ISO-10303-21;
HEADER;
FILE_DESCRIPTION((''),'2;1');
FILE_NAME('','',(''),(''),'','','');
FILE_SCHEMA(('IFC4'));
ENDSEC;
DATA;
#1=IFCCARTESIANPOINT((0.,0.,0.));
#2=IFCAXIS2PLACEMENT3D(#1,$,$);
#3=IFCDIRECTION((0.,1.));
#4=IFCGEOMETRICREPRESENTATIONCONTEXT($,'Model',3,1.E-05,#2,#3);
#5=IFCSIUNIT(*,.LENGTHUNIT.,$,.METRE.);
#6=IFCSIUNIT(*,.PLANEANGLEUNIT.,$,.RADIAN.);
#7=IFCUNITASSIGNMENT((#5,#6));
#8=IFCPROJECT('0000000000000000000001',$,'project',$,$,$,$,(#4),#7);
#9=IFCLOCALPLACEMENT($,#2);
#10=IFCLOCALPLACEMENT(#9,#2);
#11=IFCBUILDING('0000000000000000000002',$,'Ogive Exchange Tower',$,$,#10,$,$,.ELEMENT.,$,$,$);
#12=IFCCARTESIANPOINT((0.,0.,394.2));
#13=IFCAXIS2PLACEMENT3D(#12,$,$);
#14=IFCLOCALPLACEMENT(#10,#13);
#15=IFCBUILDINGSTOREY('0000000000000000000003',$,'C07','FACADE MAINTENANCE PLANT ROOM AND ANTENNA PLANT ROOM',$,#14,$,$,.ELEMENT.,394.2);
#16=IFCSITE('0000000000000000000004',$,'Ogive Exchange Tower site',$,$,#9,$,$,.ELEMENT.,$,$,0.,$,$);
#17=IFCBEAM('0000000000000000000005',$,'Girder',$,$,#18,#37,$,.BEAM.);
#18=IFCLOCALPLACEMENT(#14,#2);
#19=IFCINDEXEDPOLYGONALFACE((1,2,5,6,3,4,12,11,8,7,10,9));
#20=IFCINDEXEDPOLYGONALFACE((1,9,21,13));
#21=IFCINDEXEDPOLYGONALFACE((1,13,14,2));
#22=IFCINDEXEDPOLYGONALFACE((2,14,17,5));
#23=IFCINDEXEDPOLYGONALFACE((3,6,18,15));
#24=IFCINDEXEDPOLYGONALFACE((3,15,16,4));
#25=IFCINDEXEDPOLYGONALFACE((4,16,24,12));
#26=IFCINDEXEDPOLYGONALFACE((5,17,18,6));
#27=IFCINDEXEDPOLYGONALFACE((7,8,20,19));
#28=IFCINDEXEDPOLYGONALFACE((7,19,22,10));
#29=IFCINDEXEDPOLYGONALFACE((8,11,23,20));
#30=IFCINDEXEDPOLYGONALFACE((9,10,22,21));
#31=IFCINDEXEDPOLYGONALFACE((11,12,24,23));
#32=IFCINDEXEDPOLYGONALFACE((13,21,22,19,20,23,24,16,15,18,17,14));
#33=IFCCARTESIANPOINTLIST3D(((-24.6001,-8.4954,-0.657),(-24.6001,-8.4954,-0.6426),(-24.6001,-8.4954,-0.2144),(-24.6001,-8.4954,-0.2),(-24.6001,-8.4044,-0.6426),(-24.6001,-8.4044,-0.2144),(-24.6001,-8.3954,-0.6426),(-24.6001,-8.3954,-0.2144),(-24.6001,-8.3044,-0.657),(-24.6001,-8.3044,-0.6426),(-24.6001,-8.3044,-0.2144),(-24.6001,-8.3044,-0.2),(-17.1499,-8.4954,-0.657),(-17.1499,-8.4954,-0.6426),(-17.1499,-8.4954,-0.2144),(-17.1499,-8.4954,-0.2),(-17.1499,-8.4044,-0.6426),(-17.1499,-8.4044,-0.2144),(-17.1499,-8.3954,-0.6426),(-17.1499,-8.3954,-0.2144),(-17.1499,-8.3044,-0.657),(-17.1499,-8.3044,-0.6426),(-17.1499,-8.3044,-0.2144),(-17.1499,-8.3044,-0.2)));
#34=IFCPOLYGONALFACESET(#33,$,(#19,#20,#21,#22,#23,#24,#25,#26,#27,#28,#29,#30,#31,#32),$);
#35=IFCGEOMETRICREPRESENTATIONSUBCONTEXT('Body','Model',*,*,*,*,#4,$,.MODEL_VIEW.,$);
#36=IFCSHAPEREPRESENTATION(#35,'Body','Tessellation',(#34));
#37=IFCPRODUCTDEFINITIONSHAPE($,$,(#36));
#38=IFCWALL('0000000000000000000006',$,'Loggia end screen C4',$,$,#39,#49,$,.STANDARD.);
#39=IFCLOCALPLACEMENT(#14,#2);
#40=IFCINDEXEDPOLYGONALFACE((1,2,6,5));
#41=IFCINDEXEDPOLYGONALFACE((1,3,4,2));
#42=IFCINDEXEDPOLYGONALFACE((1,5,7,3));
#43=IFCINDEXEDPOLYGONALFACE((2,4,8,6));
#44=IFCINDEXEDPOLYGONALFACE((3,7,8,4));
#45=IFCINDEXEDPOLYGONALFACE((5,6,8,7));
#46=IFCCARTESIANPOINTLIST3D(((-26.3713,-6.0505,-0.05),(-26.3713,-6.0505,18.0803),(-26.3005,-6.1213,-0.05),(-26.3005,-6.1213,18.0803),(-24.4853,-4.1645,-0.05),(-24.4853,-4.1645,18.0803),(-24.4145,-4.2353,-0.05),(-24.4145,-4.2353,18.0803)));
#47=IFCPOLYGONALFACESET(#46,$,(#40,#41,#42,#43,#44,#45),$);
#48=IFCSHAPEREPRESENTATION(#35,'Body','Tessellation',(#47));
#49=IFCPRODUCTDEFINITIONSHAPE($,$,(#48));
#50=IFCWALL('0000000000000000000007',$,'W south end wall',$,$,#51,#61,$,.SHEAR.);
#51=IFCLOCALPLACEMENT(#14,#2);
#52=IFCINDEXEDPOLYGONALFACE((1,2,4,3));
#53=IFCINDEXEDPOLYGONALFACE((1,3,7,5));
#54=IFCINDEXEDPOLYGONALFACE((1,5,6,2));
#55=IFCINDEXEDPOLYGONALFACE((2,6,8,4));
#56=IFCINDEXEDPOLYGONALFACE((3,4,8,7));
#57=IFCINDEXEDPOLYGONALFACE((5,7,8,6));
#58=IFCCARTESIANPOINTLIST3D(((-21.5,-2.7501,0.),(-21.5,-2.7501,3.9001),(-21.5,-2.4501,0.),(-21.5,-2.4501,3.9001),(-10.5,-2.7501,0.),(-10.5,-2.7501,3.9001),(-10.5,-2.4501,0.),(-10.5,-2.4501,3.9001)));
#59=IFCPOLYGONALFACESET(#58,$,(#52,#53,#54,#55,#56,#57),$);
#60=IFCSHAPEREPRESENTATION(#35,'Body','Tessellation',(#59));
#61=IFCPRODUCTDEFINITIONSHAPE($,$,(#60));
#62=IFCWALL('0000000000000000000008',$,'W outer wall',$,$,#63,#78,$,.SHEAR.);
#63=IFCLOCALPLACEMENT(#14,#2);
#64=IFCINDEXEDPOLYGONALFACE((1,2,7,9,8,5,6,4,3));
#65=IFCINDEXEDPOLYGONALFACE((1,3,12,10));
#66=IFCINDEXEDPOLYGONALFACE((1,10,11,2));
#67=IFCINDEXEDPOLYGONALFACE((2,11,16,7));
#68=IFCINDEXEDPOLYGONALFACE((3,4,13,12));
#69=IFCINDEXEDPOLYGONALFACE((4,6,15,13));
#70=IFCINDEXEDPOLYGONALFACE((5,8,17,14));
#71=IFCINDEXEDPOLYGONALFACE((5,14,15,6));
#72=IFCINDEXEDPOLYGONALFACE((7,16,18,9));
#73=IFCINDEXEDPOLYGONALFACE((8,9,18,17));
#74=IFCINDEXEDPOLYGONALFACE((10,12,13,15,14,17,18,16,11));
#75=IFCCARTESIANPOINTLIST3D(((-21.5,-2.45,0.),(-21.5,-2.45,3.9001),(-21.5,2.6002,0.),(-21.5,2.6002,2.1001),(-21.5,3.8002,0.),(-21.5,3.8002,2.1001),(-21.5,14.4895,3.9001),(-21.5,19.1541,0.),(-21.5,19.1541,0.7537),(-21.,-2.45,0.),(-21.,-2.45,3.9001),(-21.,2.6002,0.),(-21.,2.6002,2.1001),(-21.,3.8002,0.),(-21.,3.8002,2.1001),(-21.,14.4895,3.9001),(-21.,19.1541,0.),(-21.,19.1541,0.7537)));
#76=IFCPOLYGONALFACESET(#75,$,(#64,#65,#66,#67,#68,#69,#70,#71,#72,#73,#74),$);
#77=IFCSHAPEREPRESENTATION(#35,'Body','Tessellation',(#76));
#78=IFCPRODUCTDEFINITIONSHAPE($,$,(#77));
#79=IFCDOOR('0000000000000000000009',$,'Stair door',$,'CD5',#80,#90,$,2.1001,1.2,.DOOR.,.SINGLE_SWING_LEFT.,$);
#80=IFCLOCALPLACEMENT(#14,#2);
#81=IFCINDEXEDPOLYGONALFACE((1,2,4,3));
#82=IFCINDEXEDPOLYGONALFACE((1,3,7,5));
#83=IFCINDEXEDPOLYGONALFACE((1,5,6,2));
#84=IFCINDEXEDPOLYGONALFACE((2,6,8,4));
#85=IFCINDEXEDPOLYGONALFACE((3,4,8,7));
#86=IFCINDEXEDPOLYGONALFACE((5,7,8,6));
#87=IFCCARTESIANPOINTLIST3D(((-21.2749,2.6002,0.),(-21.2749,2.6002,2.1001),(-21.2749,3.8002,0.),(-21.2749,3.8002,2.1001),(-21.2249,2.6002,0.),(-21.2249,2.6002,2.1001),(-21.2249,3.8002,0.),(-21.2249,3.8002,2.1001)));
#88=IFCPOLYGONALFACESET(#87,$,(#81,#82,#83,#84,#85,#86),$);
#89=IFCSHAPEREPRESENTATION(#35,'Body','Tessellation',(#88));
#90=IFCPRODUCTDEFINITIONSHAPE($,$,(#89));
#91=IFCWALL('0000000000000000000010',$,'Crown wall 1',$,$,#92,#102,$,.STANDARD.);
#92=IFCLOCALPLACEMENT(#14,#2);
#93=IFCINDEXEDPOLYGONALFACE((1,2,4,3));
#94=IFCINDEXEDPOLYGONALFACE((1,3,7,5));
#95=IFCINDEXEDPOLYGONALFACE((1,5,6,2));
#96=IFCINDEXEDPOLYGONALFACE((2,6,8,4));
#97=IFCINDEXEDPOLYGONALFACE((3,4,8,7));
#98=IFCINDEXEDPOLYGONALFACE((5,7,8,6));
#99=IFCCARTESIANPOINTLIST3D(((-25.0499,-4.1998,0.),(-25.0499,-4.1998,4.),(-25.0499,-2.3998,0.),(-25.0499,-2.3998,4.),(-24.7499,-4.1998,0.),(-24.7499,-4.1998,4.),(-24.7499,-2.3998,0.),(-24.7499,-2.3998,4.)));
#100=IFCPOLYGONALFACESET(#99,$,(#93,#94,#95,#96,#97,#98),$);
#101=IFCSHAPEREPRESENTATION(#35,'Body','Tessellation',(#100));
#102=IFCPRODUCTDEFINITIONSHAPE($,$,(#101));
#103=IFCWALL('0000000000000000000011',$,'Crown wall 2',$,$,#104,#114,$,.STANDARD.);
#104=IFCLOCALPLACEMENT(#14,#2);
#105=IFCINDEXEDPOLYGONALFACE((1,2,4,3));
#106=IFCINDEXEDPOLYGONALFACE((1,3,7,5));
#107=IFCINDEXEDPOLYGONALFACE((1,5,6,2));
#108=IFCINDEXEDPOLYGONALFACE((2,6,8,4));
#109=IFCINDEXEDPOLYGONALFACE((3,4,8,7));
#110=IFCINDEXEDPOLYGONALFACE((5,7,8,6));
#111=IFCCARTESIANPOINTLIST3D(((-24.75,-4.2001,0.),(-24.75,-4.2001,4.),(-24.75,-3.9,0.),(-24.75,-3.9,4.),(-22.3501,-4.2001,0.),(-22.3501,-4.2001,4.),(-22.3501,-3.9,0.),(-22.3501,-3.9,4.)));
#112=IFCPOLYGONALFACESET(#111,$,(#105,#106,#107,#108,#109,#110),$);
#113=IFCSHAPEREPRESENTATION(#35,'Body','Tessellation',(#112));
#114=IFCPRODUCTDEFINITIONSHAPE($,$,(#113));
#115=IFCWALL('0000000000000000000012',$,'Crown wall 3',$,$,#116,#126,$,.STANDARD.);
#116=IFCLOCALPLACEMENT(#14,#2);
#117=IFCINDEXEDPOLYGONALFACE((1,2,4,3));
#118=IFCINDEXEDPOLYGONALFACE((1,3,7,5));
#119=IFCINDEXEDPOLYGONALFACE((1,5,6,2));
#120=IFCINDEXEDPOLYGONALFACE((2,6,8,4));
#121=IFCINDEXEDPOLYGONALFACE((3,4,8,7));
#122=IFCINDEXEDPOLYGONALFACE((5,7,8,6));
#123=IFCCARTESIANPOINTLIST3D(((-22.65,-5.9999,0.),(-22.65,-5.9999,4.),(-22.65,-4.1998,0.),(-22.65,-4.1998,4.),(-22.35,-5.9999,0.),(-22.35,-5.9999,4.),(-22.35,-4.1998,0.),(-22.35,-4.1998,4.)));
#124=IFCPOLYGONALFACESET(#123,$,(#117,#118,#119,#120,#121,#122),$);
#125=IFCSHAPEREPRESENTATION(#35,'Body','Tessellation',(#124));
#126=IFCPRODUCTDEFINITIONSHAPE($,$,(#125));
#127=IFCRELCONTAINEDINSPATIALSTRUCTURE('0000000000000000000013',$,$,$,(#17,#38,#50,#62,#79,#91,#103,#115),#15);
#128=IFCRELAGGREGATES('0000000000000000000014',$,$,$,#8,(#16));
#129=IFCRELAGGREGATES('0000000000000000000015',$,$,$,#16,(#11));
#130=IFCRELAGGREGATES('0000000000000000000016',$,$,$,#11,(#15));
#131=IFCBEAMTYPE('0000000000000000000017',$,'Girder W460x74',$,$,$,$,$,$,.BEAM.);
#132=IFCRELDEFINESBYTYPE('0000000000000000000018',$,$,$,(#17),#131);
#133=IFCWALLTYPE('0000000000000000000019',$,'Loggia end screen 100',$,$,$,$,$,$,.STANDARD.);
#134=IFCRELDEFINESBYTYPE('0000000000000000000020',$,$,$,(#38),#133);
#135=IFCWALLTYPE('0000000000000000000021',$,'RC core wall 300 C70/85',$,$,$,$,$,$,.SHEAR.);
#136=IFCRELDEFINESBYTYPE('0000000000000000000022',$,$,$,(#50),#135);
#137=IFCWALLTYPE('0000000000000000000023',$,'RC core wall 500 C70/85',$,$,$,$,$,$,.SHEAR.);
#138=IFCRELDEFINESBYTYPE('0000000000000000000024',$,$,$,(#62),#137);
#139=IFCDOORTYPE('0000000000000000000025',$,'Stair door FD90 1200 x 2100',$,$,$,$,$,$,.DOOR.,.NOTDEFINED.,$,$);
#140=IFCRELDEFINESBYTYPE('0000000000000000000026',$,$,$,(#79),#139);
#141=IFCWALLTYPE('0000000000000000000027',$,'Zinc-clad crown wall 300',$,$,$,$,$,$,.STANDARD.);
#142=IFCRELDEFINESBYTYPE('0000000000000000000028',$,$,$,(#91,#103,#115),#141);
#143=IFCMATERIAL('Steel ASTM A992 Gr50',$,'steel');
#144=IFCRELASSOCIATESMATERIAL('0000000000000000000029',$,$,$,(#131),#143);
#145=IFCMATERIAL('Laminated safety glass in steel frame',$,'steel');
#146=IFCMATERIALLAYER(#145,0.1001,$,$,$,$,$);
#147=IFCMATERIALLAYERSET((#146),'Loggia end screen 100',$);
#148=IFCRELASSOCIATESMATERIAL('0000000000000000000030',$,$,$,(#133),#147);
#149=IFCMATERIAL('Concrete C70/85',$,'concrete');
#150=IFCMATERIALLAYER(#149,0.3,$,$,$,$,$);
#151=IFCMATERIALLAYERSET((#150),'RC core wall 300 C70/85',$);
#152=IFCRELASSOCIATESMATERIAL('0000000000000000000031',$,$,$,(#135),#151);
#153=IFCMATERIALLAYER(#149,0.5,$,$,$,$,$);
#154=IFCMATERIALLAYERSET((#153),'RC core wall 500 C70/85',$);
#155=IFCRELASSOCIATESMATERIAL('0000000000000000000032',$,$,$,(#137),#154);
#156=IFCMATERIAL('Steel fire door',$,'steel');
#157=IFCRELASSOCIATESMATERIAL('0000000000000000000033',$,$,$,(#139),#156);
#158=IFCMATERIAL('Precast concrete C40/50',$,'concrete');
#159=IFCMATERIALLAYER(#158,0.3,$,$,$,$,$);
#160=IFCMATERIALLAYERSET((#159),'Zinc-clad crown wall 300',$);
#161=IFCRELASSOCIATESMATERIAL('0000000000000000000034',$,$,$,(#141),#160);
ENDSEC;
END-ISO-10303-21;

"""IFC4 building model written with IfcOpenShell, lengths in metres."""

from ifc_helpers import new_model, si_unit, direction, frame, frame_2d, origin, origin_2d, place, context, subcontext, project, spatial, polyline, rectangle, i_section, outline, extrude, material, layer, layer_set, material_profile, profile_set, type_object, element, fill, save


model = new_model("IFC4")

# Units and contexts
model_context = context("Model", 3, precision=1e-05, world=origin(), true_north=direction((0.0, 1.0)))
body_context = subcontext(model_context, "Body", "Model", "MODEL_VIEW")
ifc_project = project(units=[si_unit("LENGTHUNIT", "METRE"), si_unit("PLANEANGLEUNIT", "RADIAN")], contexts=[model_context])

# Site, building, storey
site_placement = place(None, origin())
site = spatial("IfcSite", under=ifc_project, at=site_placement, Name="Ogive Exchange Tower site", CompositionType="ELEMENT", RefElevation=0.0)
building_placement = place(site_placement, origin())
building = spatial("IfcBuilding", under=site, at=building_placement, Name="Ogive Exchange Tower", CompositionType="ELEMENT")
storey_placement = place(building_placement, frame((0.0, 0.0, 394.2)))
storey = spatial("IfcBuildingStorey", under=building, at=storey_placement, Name="C07", Description="FACADE MAINTENANCE PLANT ROOM AND ANTENNA PLANT ROOM", CompositionType="ELEMENT", Elevation=394.2)

# Beam
ifc_material_1 = material(Name="Steel ASTM A992 Gr50", Category="steel")
ifc_material_profile_1 = material_profile(ifc_material_1, i_section(OverallWidth=0.1909, OverallDepth=0.457, WebThickness=0.009, FlangeThickness=0.0144, at=origin_2d()), Name="W460x74")
ifc_profile_set_1 = profile_set([ifc_material_profile_1], Name="Steel ASTM A992 Gr50")
beam_type_1 = type_object("IfcBeamType", Name="Girder W460x74", PredefinedType="BEAM", material=ifc_profile_set_1)
beam_1_placement = place(storey_placement, frame((-24.6001, -8.3999, -0.4285), z_axis=(1.0, 0.0, 0.0), x_axis=(0.0, 1.0, 0.0)))
element("IfcBeam", 1, at=beam_1_placement, inside=storey, type_object=beam_type_1, Name="Girder", PredefinedType="BEAM", context=body_context, shape_type="SweptSolid", body=[
    extrude(i_section(OverallWidth=0.1909, OverallDepth=0.457, WebThickness=0.009, FlangeThickness=0.0144, at=origin_2d()), origin(), (0.0, 0.0, 1.0), 7.4502),
])

# Walls
ifc_material_2 = material(Name="Laminated safety glass in steel frame", Category="steel")
ifc_layer_1 = layer(ifc_material_2, 0.1001)
ifc_layer_set_1 = layer_set([ifc_layer_1], Name="Loggia end screen 100")
wall_type_1 = type_object("IfcWallType", Name="Loggia end screen 100", PredefinedType="STANDARD", material=ifc_layer_set_1)
wall_1_placement = place(storey_placement, frame((-24.45, -4.2, -0.05), z_axis=(0.0, 0.0, 1.0), x_axis=(-0.707107, -0.707107, 0.0)))
element("IfcWall", 2, at=wall_1_placement, inside=storey, type_object=wall_type_1, Name="Loggia end screen C4", PredefinedType="STANDARD", context=body_context, shape_type="SweptSolid", body=[
    extrude(rectangle(XDim=2.6672, YDim=0.1001, at=frame_2d((1.3335, 0.0))), origin(), (0.0, 0.0, 1.0), 18.1304),
])
ifc_material_3 = material(Name="Concrete C70/85", Category="concrete")
ifc_layer_2 = layer(ifc_material_3, 0.3)
ifc_layer_set_2 = layer_set([ifc_layer_2], Name="RC core wall 300 C70/85")
wall_type_2 = type_object("IfcWallType", Name="RC core wall 300 C70/85", PredefinedType="SHEAR", material=ifc_layer_set_2)
wall_2_placement = place(storey_placement, frame((-21.5, -2.6001, 0.0), z_axis=(0.0, 0.0, 1.0), x_axis=(1.0, 0.0, 0.0)))
element("IfcWall", 3, at=wall_2_placement, inside=storey, type_object=wall_type_2, Name="W south end wall", PredefinedType="SHEAR", context=body_context, shape_type="SweptSolid", body=[
    extrude(rectangle(XDim=11.0, YDim=0.3, at=frame_2d((5.5, 0.0))), origin(), (0.0, 0.0, 1.0), 3.9001),
])

# Wall, opening, door
ifc_layer_3 = layer(ifc_material_3, 0.5)
ifc_layer_set_3 = layer_set([ifc_layer_3], Name="RC core wall 500 C70/85")
wall_type_3 = type_object("IfcWallType", Name="RC core wall 500 C70/85", PredefinedType="SHEAR", material=ifc_layer_set_3)
wall_3_placement = place(storey_placement, frame((-21.25, -2.45, 0.0), z_axis=(0.0, 0.0, 1.0), x_axis=(0.0, 1.0, 0.0)))
wall_3 = element("IfcWall", 4, at=wall_3_placement, inside=storey, type_object=wall_type_3, Name="W outer wall", PredefinedType="SHEAR", context=body_context, shape_type="SweptSolid", body=[
    extrude(outline(polyline([(0.0, 0.0), (21.604, 0.0), (21.604, 0.7537), (16.9395, 3.9001), (0.0, 3.9001), (0.0, 0.0)])), frame((0.0, 0.25, 0.0), z_axis=(0.0, -1.0, 0.0), x_axis=(1.0, 0.0, 0.0)), (0.0, 0.0, 1.0), 0.5),
])
opening_1_placement = place(wall_3_placement, frame((5.05, 0.0, 0.0)))
opening_1 = element("IfcOpeningElement", 5, at=opening_1_placement, cuts=wall_3, PredefinedType="OPENING", context=body_context, shape_type="SweptSolid", body=[
    extrude(rectangle(XDim=1.2, YDim=2.1001, at=frame_2d((0.6001, 1.05))), frame((0.0, 0.26, 0.0), z_axis=(0.0, -1.0, 0.0), x_axis=(1.0, 0.0, 0.0)), (0.0, 0.0, 1.0), 0.52),
])
ifc_material_4 = material(Name="Steel fire door", Category="steel")
door_type = type_object("IfcDoorType", Name="Stair door FD90 1200 x 2100", OperationType="NOTDEFINED", PredefinedType="DOOR", material=ifc_material_4)
door_placement = place(opening_1_placement, origin())
door = element("IfcDoor", 6, at=door_placement, inside=storey, type_object=door_type, Name="Stair door", ObjectType="CD5", OperationType="SINGLE_SWING_LEFT", OverallHeight=2.1001, OverallWidth=1.2, PredefinedType="DOOR", context=body_context, shape_type="SweptSolid", body=[
    extrude(rectangle(XDim=1.2, YDim=2.1001, at=frame_2d((0.6001, 1.05))), frame((0.0, 0.0249, 0.0), z_axis=(0.0, -1.0, 0.0), x_axis=(1.0, 0.0, 0.0)), (0.0, 0.0, 1.0), 0.05),
])
fill(opening_1, door)

# Walls
ifc_material_5 = material(Name="Precast concrete C40/50", Category="concrete")
ifc_layer_4 = layer(ifc_material_5, 0.3)
ifc_layer_set_4 = layer_set([ifc_layer_4], Name="Zinc-clad crown wall 300")
wall_type_4 = type_object("IfcWallType", Name="Zinc-clad crown wall 300", PredefinedType="STANDARD", material=ifc_layer_set_4)
wall_4_placement = place(storey_placement, frame((-24.8999, -2.3999, 0.0), z_axis=(0.0, 0.0, 1.0), x_axis=(0.0, -1.0, 0.0)))
element("IfcWall", 7, at=wall_4_placement, inside=storey, type_object=wall_type_4, Name="Crown wall 1", PredefinedType="STANDARD", context=body_context, shape_type="SweptSolid", body=[
    extrude(rectangle(XDim=1.8, YDim=0.3, at=frame_2d((0.8999, 0.0))), origin(), (0.0, 0.0, 1.0), 4.0),
])
wall_5_placement = place(storey_placement, frame((-24.75, -4.05, 0.0), z_axis=(0.0, 0.0, 1.0), x_axis=(1.0, 0.0, 0.0)))
element("IfcWall", 8, at=wall_5_placement, inside=storey, type_object=wall_type_4, Name="Crown wall 2", PredefinedType="STANDARD", context=body_context, shape_type="SweptSolid", body=[
    extrude(rectangle(XDim=2.3999, YDim=0.3, at=frame_2d((1.2, 0.0))), origin(), (0.0, 0.0, 1.0), 4.0),
])
wall_6_placement = place(storey_placement, frame((-22.5, -4.2, 0.0), z_axis=(0.0, 0.0, 1.0), x_axis=(0.0, -1.0, 0.0)))
element("IfcWall", 9, at=wall_6_placement, inside=storey, type_object=wall_type_4, Name="Crown wall 3", PredefinedType="STANDARD", context=body_context, shape_type="SweptSolid", body=[
    extrude(rectangle(XDim=1.8, YDim=0.3, at=frame_2d((0.8999, 0.0))), origin(), (0.0, 0.0, 1.0), 4.0),
])

save(model, "model.ifc")
